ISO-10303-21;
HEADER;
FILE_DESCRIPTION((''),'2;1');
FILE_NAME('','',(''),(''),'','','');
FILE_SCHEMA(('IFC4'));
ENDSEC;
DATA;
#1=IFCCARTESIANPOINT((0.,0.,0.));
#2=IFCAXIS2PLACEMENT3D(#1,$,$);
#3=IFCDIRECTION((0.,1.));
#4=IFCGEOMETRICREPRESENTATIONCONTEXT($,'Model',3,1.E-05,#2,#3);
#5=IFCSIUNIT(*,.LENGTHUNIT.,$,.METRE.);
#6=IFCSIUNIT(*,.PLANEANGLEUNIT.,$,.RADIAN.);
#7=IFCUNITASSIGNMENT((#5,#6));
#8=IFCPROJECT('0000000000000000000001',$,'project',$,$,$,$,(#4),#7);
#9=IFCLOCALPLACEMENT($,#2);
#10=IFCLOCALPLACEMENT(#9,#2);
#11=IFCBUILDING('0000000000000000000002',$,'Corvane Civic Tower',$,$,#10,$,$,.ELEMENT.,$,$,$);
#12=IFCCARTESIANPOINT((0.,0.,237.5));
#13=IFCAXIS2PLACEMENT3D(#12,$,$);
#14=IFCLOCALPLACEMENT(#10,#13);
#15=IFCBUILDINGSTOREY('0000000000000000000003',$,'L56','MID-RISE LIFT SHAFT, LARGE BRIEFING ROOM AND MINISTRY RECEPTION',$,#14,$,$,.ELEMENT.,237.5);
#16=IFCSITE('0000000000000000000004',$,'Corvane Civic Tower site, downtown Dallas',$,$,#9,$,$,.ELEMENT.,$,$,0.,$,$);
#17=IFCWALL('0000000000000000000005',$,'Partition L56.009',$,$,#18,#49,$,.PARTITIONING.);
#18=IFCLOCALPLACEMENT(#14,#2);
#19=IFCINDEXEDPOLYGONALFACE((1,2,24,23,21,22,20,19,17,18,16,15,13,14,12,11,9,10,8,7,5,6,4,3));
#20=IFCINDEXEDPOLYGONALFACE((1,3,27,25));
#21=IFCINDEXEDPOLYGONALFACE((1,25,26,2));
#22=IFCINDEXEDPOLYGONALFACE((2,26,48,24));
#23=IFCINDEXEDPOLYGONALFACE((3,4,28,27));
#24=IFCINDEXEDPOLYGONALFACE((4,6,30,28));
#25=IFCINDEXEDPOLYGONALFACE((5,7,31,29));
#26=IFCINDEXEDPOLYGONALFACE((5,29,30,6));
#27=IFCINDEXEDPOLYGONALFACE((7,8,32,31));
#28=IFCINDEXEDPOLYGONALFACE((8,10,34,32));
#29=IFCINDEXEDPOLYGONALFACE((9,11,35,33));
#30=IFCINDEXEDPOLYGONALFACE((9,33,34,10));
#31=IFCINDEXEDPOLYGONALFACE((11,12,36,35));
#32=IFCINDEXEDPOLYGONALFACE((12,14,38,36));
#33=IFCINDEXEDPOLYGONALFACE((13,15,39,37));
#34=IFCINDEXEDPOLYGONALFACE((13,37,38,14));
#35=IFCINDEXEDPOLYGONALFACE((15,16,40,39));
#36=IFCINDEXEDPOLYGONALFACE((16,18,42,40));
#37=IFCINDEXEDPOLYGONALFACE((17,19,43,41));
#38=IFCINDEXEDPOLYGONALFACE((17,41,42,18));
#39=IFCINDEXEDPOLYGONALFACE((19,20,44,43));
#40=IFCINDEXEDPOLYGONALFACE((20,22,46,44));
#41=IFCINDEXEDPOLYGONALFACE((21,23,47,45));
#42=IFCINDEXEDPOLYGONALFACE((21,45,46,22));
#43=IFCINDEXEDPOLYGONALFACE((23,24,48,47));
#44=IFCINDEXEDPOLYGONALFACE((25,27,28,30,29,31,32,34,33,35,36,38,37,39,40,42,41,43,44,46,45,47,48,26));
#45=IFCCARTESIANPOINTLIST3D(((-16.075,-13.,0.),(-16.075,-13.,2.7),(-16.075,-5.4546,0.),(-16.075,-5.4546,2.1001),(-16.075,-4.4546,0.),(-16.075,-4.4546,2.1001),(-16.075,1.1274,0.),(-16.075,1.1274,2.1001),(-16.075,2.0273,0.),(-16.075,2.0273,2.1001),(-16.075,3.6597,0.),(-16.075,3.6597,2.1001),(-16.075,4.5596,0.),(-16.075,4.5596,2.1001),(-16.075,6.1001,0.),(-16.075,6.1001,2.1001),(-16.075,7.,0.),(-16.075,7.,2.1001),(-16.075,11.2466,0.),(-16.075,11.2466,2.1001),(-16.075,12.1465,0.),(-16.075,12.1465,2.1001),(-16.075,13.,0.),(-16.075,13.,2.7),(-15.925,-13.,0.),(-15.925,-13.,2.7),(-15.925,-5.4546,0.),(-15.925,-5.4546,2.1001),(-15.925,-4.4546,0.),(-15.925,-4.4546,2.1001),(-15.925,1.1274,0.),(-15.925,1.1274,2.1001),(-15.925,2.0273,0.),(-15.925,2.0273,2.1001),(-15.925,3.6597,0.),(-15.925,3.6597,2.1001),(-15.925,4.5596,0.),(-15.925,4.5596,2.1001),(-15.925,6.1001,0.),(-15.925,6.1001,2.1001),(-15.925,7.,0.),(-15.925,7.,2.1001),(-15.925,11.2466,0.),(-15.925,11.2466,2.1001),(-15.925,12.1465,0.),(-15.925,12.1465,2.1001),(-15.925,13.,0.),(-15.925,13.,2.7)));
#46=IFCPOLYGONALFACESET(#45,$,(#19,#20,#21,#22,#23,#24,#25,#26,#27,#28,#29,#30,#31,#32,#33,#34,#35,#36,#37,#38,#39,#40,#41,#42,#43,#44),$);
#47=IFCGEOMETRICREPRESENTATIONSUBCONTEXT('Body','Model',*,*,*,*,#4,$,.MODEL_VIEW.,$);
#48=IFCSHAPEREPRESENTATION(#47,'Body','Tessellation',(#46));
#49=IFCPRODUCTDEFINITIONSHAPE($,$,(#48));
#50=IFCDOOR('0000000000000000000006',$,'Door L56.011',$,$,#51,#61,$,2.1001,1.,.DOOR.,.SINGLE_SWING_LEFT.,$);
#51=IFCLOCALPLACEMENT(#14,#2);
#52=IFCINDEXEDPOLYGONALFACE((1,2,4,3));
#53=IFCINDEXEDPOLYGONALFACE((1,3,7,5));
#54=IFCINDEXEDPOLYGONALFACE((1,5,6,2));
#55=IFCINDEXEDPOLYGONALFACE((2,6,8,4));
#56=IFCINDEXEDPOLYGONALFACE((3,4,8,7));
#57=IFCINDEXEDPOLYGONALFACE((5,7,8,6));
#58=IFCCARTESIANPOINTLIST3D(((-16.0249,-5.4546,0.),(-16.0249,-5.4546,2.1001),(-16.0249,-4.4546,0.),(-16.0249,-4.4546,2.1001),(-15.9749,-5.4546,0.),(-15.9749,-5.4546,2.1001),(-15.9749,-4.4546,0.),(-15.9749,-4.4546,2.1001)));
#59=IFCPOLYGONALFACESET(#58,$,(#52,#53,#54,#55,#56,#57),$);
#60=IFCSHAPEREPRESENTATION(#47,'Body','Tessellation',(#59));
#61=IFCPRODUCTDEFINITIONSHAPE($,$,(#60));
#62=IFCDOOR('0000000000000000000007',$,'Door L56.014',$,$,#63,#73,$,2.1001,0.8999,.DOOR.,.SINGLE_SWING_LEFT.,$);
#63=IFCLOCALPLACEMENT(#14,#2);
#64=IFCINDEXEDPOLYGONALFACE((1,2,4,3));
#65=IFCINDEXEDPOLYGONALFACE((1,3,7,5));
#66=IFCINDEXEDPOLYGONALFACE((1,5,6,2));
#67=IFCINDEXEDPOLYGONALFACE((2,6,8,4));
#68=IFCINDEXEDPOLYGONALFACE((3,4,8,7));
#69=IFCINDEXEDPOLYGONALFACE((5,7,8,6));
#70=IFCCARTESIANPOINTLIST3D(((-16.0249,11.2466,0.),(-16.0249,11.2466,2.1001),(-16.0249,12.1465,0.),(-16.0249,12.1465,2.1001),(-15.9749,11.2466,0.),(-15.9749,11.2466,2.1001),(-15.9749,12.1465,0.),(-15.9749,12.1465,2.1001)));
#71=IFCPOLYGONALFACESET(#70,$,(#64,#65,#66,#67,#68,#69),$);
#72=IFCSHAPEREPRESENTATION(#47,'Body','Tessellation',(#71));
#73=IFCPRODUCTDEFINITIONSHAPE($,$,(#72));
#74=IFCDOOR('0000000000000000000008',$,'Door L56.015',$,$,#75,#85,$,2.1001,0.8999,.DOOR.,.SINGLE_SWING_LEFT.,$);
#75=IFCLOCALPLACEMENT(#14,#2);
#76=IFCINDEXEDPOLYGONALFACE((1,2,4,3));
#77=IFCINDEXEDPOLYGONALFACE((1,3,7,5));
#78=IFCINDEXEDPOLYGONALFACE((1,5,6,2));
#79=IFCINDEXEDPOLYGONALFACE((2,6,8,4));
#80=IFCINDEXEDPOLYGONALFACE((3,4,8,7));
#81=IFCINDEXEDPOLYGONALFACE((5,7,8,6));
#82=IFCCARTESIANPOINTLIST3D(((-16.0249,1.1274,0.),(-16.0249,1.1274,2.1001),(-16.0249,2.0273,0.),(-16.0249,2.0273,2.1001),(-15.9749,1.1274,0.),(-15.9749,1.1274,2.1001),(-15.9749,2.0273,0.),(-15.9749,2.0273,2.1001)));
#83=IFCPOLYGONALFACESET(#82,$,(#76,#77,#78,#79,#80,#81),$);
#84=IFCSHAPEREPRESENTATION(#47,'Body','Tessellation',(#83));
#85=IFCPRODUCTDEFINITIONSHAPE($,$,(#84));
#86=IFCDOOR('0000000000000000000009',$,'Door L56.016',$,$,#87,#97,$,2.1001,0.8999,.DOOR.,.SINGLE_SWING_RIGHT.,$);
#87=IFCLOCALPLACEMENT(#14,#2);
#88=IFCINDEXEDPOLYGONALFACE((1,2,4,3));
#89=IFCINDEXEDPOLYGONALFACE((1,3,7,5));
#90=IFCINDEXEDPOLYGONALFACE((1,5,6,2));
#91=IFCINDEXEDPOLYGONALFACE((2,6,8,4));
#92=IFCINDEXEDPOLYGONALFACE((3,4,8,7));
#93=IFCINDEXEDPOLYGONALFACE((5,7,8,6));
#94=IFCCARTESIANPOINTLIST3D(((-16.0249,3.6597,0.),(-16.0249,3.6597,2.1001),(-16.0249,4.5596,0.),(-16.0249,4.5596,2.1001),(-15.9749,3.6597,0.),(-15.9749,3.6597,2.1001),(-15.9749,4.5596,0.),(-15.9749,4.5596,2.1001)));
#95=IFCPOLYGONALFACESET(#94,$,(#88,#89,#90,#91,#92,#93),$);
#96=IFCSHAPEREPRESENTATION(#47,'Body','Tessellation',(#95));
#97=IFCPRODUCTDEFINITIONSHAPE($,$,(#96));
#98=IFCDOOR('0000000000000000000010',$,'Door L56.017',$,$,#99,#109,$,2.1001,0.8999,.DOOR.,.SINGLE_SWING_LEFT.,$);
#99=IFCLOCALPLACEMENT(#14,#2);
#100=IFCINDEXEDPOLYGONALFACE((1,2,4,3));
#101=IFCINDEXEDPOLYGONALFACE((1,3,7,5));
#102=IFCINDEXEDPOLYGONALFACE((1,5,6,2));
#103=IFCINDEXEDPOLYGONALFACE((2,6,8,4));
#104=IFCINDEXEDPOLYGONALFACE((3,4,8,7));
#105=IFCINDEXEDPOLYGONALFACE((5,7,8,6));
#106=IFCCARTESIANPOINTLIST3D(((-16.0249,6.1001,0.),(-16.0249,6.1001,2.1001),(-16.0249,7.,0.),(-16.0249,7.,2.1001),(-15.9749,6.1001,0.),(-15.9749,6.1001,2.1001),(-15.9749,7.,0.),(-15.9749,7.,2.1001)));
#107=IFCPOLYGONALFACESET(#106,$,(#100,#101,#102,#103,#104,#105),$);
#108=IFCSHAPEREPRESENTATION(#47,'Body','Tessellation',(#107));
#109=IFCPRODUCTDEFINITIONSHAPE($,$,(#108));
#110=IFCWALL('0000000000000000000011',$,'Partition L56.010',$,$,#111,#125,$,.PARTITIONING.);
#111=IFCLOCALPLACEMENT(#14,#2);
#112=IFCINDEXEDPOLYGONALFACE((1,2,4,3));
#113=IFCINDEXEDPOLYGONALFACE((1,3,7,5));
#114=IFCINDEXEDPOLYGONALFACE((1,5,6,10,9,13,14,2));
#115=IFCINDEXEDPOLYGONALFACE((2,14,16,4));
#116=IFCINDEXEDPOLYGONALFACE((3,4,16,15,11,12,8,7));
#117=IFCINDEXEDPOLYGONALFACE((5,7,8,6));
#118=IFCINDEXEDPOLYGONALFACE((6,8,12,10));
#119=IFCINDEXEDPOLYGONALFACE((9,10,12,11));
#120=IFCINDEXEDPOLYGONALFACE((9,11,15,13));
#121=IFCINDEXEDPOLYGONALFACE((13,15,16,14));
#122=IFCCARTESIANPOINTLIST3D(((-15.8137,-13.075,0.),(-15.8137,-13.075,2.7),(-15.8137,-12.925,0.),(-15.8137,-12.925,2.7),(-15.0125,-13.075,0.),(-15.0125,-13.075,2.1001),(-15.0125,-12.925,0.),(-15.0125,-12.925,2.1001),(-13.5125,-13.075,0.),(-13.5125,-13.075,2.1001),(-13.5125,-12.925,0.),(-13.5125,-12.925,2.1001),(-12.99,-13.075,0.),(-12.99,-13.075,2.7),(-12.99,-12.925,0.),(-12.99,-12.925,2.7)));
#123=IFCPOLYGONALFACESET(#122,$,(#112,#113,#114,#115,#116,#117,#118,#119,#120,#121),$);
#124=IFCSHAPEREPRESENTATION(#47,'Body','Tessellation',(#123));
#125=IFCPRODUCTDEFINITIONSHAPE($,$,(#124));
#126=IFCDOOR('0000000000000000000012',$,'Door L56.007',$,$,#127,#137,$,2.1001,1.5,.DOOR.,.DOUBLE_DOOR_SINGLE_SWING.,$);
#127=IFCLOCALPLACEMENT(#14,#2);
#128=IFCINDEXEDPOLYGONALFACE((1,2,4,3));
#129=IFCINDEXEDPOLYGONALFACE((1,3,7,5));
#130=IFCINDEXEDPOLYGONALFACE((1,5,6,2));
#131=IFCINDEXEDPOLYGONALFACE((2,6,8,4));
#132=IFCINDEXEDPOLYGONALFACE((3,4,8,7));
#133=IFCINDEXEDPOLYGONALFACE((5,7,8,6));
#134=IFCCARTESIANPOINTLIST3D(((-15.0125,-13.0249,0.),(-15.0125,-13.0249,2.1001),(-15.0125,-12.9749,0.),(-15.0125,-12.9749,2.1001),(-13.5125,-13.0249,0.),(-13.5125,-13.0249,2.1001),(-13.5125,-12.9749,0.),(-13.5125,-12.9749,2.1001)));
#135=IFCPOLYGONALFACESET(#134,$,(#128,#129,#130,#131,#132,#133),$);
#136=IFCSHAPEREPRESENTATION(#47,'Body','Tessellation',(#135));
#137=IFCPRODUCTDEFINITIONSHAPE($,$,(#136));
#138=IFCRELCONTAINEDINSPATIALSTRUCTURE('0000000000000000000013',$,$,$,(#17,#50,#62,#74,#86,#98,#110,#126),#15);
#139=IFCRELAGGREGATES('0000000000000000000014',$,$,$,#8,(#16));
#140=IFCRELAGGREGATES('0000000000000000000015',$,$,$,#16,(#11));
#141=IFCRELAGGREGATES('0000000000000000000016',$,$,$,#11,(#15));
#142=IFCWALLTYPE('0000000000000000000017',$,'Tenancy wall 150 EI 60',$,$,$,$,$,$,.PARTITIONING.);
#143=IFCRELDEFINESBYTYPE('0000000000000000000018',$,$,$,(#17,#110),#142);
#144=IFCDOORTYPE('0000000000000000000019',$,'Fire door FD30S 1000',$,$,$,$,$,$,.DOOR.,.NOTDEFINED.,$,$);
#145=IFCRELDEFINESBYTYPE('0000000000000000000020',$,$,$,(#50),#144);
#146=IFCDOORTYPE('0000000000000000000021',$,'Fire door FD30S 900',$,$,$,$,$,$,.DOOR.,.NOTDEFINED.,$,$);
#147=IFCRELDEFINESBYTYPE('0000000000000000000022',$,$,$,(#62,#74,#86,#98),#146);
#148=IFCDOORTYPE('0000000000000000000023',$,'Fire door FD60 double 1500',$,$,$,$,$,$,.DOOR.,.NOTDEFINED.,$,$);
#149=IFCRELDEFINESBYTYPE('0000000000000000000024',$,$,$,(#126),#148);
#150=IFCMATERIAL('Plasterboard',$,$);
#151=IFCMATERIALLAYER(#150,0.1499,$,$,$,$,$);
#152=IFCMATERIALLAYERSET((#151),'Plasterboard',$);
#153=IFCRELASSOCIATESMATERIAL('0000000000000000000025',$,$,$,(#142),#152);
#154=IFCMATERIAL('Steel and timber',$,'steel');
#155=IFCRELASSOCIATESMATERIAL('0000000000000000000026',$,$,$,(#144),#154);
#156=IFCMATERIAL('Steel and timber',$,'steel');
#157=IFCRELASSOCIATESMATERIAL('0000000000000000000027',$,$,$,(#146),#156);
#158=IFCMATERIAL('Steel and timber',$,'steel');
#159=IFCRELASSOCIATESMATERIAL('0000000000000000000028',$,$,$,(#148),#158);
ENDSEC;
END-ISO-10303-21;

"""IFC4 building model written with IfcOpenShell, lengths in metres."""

from ifc_helpers import new_model, si_unit, direction, frame, frame_2d, origin, place, context, subcontext, project, spatial, rectangle, extrude, material, layer, layer_set, type_object, element, fill, save


model = new_model("IFC4")

# Units and contexts
model_context = context("Model", 3, precision=1e-05, world=origin(), true_north=direction((0.0, 1.0)))
body_context = subcontext(model_context, "Body", "Model", "MODEL_VIEW")
ifc_project = project(units=[si_unit("LENGTHUNIT", "METRE"), si_unit("PLANEANGLEUNIT", "RADIAN")], contexts=[model_context])

# Site, building, storey
site_placement = place(None, origin())
site = spatial("IfcSite", under=ifc_project, at=site_placement, Name="Corvane Civic Tower site, downtown Dallas", CompositionType="ELEMENT", RefElevation=0.0)
building_placement = place(site_placement, origin())
building = spatial("IfcBuilding", under=site, at=building_placement, Name="Corvane Civic Tower", CompositionType="ELEMENT")
storey_placement = place(building_placement, frame((0.0, 0.0, 237.5)))
storey = spatial("IfcBuildingStorey", under=building, at=storey_placement, Name="L56", Description="MID-RISE LIFT SHAFT, LARGE BRIEFING ROOM AND MINISTRY RECEPTION", CompositionType="ELEMENT", Elevation=237.5)

# Wall, openings, doors
ifc_material_1 = material(Name="Plasterboard")
ifc_layer_1 = layer(ifc_material_1, 0.1499)
ifc_layer_set_1 = layer_set([ifc_layer_1], Name="Plasterboard")
wall_type_1 = type_object("IfcWallType", Name="Tenancy wall 150 EI 60", PredefinedType="PARTITIONING", material=ifc_layer_set_1)
wall_1_placement = place(storey_placement, frame((-16.0, -13.0, 0.0), z_axis=(0.0, 0.0, 1.0), x_axis=(0.0, 1.0, 0.0)))
wall_1 = element("IfcWall", 1, at=wall_1_placement, inside=storey, type_object=wall_type_1, Name="Partition L56.009", PredefinedType="PARTITIONING", context=body_context, shape_type="SweptSolid", body=[
    extrude(rectangle(XDim=26.0, YDim=0.1499, at=frame_2d((13.0, 0.0))), origin(), (0.0, 0.0, 1.0), 2.7),
])
opening_1_placement = place(wall_1_placement, frame((7.5454, 0.0, 0.0)))
opening_1 = element("IfcOpeningElement", 2, at=opening_1_placement, cuts=wall_1, PredefinedType="OPENING", context=body_context, shape_type="SweptSolid", body=[
    extrude(rectangle(XDim=1.0, YDim=2.1001, at=frame_2d((0.5, 1.05))), frame((0.0, 0.085, 0.0), z_axis=(0.0, -1.0, 0.0), x_axis=(1.0, 0.0, 0.0)), (0.0, 0.0, 1.0), 0.1699),
])
opening_2_placement = place(wall_1_placement, frame((24.2466, 0.0, 0.0)))
opening_2 = element("IfcOpeningElement", 3, at=opening_2_placement, cuts=wall_1, PredefinedType="OPENING", context=body_context, shape_type="SweptSolid", body=[
    extrude(rectangle(XDim=0.8999, YDim=2.1001, at=frame_2d((0.45, 1.05))), frame((0.0, 0.085, 0.0), z_axis=(0.0, -1.0, 0.0), x_axis=(1.0, 0.0, 0.0)), (0.0, 0.0, 1.0), 0.1699),
])
opening_3_placement = place(wall_1_placement, frame((14.1274, 0.0, 0.0)))
opening_3 = element("IfcOpeningElement", 4, at=opening_3_placement, cuts=wall_1, PredefinedType="OPENING", context=body_context, shape_type="SweptSolid", body=[
    extrude(rectangle(XDim=0.8999, YDim=2.1001, at=frame_2d((0.45, 1.05))), frame((0.0, 0.085, 0.0), z_axis=(0.0, -1.0, 0.0), x_axis=(1.0, 0.0, 0.0)), (0.0, 0.0, 1.0), 0.1699),
])
opening_4_placement = place(wall_1_placement, frame((16.6597, 0.0, 0.0)))
opening_4 = element("IfcOpeningElement", 5, at=opening_4_placement, cuts=wall_1, PredefinedType="OPENING", context=body_context, shape_type="SweptSolid", body=[
    extrude(rectangle(XDim=0.8999, YDim=2.1001, at=frame_2d((0.45, 1.05))), frame((0.0, 0.085, 0.0), z_axis=(0.0, -1.0, 0.0), x_axis=(1.0, 0.0, 0.0)), (0.0, 0.0, 1.0), 0.1699),
])
opening_5_placement = place(wall_1_placement, frame((19.1001, 0.0, 0.0)))
opening_5 = element("IfcOpeningElement", 6, at=opening_5_placement, cuts=wall_1, PredefinedType="OPENING", context=body_context, shape_type="SweptSolid", body=[
    extrude(rectangle(XDim=0.8999, YDim=2.1001, at=frame_2d((0.45, 1.05))), frame((0.0, 0.085, 0.0), z_axis=(0.0, -1.0, 0.0), x_axis=(1.0, 0.0, 0.0)), (0.0, 0.0, 1.0), 0.1699),
])
ifc_material_2 = material(Name="Steel and timber", Category="steel")
door_type_1 = type_object("IfcDoorType", Name="Fire door FD30S 1000", OperationType="NOTDEFINED", PredefinedType="DOOR", material=ifc_material_2)
door_1_placement = place(opening_1_placement, origin())
door_1 = element("IfcDoor", 7, at=door_1_placement, inside=storey, type_object=door_type_1, Name="Door L56.011", OperationType="SINGLE_SWING_LEFT", OverallHeight=2.1001, OverallWidth=1.0, PredefinedType="DOOR", context=body_context, shape_type="SweptSolid", body=[
    extrude(rectangle(XDim=1.0, YDim=2.1001, at=frame_2d((0.5, 1.05))), frame((0.0, 0.0249, 0.0), z_axis=(0.0, -1.0, 0.0), x_axis=(1.0, 0.0, 0.0)), (0.0, 0.0, 1.0), 0.05),
])
fill(opening_1, door_1)
ifc_material_3 = material(Name="Steel and timber", Category="steel")
door_type_2 = type_object("IfcDoorType", Name="Fire door FD30S 900", OperationType="NOTDEFINED", PredefinedType="DOOR", material=ifc_material_3)
door_2_placement = place(opening_2_placement, origin())
door_2 = element("IfcDoor", 8, at=door_2_placement, inside=storey, type_object=door_type_2, Name="Door L56.014", OperationType="SINGLE_SWING_LEFT", OverallHeight=2.1001, OverallWidth=0.8999, PredefinedType="DOOR", context=body_context, shape_type="SweptSolid", body=[
    extrude(rectangle(XDim=0.8999, YDim=2.1001, at=frame_2d((0.45, 1.05))), frame((0.0, 0.0249, 0.0), z_axis=(0.0, -1.0, 0.0), x_axis=(1.0, 0.0, 0.0)), (0.0, 0.0, 1.0), 0.05),
])
fill(opening_2, door_2)
door_3_placement = place(opening_3_placement, origin())
door_3 = element("IfcDoor", 9, at=door_3_placement, inside=storey, type_object=door_type_2, Name="Door L56.015", OperationType="SINGLE_SWING_LEFT", OverallHeight=2.1001, OverallWidth=0.8999, PredefinedType="DOOR", context=body_context, shape_type="SweptSolid", body=[
    extrude(rectangle(XDim=0.8999, YDim=2.1001, at=frame_2d((0.45, 1.05))), frame((0.0, 0.0249, 0.0), z_axis=(0.0, -1.0, 0.0), x_axis=(1.0, 0.0, 0.0)), (0.0, 0.0, 1.0), 0.05),
])
fill(opening_3, door_3)
door_4_placement = place(opening_4_placement, origin())
door_4 = element("IfcDoor", 10, at=door_4_placement, inside=storey, type_object=door_type_2, Name="Door L56.016", OperationType="SINGLE_SWING_RIGHT", OverallHeight=2.1001, OverallWidth=0.8999, PredefinedType="DOOR", context=body_context, shape_type="SweptSolid", body=[
    extrude(rectangle(XDim=0.8999, YDim=2.1001, at=frame_2d((0.45, 1.05))), frame((0.0, 0.0249, 0.0), z_axis=(0.0, -1.0, 0.0), x_axis=(1.0, 0.0, 0.0)), (0.0, 0.0, 1.0), 0.05),
])
fill(opening_4, door_4)
door_5_placement = place(opening_5_placement, origin())
door_5 = element("IfcDoor", 11, at=door_5_placement, inside=storey, type_object=door_type_2, Name="Door L56.017", OperationType="SINGLE_SWING_LEFT", OverallHeight=2.1001, OverallWidth=0.8999, PredefinedType="DOOR", context=body_context, shape_type="SweptSolid", body=[
    extrude(rectangle(XDim=0.8999, YDim=2.1001, at=frame_2d((0.45, 1.05))), frame((0.0, 0.0249, 0.0), z_axis=(0.0, -1.0, 0.0), x_axis=(1.0, 0.0, 0.0)), (0.0, 0.0, 1.0), 0.05),
])
fill(opening_5, door_5)

# Wall, opening, door
wall_2_placement = place(storey_placement, frame((-15.8137, -13.0, 0.0), z_axis=(0.0, 0.0, 1.0), x_axis=(1.0, 0.0, 0.0)))
wall_2 = element("IfcWall", 12, at=wall_2_placement, inside=storey, type_object=wall_type_1, Name="Partition L56.010", PredefinedType="PARTITIONING", context=body_context, shape_type="SweptSolid", body=[
    extrude(rectangle(XDim=2.8237, YDim=0.1499, at=frame_2d((1.4119, 0.0))), origin(), (0.0, 0.0, 1.0), 2.7),
])
opening_6_placement = place(wall_2_placement, frame((0.8013, 0.0, 0.0)))
opening_6 = element("IfcOpeningElement", 13, at=opening_6_placement, cuts=wall_2, PredefinedType="OPENING", context=body_context, shape_type="SweptSolid", body=[
    extrude(rectangle(XDim=1.5, YDim=2.1001, at=frame_2d((0.75, 1.05))), frame((0.0, 0.085, 0.0), z_axis=(0.0, -1.0, 0.0), x_axis=(1.0, 0.0, 0.0)), (0.0, 0.0, 1.0), 0.1699),
])
ifc_material_4 = material(Name="Steel and timber", Category="steel")
door_type_3 = type_object("IfcDoorType", Name="Fire door FD60 double 1500", OperationType="NOTDEFINED", PredefinedType="DOOR", material=ifc_material_4)
door_6_placement = place(opening_6_placement, frame((1.5, 0.0, 0.0), z_axis=(0.0, 0.0, 1.0), x_axis=(-1.0, 0.0, 0.0)))
door_6 = element("IfcDoor", 14, at=door_6_placement, inside=storey, type_object=door_type_3, Name="Door L56.007", OperationType="DOUBLE_DOOR_SINGLE_SWING", OverallHeight=2.1001, OverallWidth=1.5, PredefinedType="DOOR", context=body_context, shape_type="SweptSolid", body=[
    extrude(rectangle(XDim=1.5, YDim=2.1001, at=frame_2d((0.75, 1.05))), frame((0.0, 0.0249, 0.0), z_axis=(0.0, -1.0, 0.0), x_axis=(1.0, 0.0, 0.0)), (0.0, 0.0, 1.0), 0.05),
])
fill(opening_6, door_6)

save(model, "model.ifc")
